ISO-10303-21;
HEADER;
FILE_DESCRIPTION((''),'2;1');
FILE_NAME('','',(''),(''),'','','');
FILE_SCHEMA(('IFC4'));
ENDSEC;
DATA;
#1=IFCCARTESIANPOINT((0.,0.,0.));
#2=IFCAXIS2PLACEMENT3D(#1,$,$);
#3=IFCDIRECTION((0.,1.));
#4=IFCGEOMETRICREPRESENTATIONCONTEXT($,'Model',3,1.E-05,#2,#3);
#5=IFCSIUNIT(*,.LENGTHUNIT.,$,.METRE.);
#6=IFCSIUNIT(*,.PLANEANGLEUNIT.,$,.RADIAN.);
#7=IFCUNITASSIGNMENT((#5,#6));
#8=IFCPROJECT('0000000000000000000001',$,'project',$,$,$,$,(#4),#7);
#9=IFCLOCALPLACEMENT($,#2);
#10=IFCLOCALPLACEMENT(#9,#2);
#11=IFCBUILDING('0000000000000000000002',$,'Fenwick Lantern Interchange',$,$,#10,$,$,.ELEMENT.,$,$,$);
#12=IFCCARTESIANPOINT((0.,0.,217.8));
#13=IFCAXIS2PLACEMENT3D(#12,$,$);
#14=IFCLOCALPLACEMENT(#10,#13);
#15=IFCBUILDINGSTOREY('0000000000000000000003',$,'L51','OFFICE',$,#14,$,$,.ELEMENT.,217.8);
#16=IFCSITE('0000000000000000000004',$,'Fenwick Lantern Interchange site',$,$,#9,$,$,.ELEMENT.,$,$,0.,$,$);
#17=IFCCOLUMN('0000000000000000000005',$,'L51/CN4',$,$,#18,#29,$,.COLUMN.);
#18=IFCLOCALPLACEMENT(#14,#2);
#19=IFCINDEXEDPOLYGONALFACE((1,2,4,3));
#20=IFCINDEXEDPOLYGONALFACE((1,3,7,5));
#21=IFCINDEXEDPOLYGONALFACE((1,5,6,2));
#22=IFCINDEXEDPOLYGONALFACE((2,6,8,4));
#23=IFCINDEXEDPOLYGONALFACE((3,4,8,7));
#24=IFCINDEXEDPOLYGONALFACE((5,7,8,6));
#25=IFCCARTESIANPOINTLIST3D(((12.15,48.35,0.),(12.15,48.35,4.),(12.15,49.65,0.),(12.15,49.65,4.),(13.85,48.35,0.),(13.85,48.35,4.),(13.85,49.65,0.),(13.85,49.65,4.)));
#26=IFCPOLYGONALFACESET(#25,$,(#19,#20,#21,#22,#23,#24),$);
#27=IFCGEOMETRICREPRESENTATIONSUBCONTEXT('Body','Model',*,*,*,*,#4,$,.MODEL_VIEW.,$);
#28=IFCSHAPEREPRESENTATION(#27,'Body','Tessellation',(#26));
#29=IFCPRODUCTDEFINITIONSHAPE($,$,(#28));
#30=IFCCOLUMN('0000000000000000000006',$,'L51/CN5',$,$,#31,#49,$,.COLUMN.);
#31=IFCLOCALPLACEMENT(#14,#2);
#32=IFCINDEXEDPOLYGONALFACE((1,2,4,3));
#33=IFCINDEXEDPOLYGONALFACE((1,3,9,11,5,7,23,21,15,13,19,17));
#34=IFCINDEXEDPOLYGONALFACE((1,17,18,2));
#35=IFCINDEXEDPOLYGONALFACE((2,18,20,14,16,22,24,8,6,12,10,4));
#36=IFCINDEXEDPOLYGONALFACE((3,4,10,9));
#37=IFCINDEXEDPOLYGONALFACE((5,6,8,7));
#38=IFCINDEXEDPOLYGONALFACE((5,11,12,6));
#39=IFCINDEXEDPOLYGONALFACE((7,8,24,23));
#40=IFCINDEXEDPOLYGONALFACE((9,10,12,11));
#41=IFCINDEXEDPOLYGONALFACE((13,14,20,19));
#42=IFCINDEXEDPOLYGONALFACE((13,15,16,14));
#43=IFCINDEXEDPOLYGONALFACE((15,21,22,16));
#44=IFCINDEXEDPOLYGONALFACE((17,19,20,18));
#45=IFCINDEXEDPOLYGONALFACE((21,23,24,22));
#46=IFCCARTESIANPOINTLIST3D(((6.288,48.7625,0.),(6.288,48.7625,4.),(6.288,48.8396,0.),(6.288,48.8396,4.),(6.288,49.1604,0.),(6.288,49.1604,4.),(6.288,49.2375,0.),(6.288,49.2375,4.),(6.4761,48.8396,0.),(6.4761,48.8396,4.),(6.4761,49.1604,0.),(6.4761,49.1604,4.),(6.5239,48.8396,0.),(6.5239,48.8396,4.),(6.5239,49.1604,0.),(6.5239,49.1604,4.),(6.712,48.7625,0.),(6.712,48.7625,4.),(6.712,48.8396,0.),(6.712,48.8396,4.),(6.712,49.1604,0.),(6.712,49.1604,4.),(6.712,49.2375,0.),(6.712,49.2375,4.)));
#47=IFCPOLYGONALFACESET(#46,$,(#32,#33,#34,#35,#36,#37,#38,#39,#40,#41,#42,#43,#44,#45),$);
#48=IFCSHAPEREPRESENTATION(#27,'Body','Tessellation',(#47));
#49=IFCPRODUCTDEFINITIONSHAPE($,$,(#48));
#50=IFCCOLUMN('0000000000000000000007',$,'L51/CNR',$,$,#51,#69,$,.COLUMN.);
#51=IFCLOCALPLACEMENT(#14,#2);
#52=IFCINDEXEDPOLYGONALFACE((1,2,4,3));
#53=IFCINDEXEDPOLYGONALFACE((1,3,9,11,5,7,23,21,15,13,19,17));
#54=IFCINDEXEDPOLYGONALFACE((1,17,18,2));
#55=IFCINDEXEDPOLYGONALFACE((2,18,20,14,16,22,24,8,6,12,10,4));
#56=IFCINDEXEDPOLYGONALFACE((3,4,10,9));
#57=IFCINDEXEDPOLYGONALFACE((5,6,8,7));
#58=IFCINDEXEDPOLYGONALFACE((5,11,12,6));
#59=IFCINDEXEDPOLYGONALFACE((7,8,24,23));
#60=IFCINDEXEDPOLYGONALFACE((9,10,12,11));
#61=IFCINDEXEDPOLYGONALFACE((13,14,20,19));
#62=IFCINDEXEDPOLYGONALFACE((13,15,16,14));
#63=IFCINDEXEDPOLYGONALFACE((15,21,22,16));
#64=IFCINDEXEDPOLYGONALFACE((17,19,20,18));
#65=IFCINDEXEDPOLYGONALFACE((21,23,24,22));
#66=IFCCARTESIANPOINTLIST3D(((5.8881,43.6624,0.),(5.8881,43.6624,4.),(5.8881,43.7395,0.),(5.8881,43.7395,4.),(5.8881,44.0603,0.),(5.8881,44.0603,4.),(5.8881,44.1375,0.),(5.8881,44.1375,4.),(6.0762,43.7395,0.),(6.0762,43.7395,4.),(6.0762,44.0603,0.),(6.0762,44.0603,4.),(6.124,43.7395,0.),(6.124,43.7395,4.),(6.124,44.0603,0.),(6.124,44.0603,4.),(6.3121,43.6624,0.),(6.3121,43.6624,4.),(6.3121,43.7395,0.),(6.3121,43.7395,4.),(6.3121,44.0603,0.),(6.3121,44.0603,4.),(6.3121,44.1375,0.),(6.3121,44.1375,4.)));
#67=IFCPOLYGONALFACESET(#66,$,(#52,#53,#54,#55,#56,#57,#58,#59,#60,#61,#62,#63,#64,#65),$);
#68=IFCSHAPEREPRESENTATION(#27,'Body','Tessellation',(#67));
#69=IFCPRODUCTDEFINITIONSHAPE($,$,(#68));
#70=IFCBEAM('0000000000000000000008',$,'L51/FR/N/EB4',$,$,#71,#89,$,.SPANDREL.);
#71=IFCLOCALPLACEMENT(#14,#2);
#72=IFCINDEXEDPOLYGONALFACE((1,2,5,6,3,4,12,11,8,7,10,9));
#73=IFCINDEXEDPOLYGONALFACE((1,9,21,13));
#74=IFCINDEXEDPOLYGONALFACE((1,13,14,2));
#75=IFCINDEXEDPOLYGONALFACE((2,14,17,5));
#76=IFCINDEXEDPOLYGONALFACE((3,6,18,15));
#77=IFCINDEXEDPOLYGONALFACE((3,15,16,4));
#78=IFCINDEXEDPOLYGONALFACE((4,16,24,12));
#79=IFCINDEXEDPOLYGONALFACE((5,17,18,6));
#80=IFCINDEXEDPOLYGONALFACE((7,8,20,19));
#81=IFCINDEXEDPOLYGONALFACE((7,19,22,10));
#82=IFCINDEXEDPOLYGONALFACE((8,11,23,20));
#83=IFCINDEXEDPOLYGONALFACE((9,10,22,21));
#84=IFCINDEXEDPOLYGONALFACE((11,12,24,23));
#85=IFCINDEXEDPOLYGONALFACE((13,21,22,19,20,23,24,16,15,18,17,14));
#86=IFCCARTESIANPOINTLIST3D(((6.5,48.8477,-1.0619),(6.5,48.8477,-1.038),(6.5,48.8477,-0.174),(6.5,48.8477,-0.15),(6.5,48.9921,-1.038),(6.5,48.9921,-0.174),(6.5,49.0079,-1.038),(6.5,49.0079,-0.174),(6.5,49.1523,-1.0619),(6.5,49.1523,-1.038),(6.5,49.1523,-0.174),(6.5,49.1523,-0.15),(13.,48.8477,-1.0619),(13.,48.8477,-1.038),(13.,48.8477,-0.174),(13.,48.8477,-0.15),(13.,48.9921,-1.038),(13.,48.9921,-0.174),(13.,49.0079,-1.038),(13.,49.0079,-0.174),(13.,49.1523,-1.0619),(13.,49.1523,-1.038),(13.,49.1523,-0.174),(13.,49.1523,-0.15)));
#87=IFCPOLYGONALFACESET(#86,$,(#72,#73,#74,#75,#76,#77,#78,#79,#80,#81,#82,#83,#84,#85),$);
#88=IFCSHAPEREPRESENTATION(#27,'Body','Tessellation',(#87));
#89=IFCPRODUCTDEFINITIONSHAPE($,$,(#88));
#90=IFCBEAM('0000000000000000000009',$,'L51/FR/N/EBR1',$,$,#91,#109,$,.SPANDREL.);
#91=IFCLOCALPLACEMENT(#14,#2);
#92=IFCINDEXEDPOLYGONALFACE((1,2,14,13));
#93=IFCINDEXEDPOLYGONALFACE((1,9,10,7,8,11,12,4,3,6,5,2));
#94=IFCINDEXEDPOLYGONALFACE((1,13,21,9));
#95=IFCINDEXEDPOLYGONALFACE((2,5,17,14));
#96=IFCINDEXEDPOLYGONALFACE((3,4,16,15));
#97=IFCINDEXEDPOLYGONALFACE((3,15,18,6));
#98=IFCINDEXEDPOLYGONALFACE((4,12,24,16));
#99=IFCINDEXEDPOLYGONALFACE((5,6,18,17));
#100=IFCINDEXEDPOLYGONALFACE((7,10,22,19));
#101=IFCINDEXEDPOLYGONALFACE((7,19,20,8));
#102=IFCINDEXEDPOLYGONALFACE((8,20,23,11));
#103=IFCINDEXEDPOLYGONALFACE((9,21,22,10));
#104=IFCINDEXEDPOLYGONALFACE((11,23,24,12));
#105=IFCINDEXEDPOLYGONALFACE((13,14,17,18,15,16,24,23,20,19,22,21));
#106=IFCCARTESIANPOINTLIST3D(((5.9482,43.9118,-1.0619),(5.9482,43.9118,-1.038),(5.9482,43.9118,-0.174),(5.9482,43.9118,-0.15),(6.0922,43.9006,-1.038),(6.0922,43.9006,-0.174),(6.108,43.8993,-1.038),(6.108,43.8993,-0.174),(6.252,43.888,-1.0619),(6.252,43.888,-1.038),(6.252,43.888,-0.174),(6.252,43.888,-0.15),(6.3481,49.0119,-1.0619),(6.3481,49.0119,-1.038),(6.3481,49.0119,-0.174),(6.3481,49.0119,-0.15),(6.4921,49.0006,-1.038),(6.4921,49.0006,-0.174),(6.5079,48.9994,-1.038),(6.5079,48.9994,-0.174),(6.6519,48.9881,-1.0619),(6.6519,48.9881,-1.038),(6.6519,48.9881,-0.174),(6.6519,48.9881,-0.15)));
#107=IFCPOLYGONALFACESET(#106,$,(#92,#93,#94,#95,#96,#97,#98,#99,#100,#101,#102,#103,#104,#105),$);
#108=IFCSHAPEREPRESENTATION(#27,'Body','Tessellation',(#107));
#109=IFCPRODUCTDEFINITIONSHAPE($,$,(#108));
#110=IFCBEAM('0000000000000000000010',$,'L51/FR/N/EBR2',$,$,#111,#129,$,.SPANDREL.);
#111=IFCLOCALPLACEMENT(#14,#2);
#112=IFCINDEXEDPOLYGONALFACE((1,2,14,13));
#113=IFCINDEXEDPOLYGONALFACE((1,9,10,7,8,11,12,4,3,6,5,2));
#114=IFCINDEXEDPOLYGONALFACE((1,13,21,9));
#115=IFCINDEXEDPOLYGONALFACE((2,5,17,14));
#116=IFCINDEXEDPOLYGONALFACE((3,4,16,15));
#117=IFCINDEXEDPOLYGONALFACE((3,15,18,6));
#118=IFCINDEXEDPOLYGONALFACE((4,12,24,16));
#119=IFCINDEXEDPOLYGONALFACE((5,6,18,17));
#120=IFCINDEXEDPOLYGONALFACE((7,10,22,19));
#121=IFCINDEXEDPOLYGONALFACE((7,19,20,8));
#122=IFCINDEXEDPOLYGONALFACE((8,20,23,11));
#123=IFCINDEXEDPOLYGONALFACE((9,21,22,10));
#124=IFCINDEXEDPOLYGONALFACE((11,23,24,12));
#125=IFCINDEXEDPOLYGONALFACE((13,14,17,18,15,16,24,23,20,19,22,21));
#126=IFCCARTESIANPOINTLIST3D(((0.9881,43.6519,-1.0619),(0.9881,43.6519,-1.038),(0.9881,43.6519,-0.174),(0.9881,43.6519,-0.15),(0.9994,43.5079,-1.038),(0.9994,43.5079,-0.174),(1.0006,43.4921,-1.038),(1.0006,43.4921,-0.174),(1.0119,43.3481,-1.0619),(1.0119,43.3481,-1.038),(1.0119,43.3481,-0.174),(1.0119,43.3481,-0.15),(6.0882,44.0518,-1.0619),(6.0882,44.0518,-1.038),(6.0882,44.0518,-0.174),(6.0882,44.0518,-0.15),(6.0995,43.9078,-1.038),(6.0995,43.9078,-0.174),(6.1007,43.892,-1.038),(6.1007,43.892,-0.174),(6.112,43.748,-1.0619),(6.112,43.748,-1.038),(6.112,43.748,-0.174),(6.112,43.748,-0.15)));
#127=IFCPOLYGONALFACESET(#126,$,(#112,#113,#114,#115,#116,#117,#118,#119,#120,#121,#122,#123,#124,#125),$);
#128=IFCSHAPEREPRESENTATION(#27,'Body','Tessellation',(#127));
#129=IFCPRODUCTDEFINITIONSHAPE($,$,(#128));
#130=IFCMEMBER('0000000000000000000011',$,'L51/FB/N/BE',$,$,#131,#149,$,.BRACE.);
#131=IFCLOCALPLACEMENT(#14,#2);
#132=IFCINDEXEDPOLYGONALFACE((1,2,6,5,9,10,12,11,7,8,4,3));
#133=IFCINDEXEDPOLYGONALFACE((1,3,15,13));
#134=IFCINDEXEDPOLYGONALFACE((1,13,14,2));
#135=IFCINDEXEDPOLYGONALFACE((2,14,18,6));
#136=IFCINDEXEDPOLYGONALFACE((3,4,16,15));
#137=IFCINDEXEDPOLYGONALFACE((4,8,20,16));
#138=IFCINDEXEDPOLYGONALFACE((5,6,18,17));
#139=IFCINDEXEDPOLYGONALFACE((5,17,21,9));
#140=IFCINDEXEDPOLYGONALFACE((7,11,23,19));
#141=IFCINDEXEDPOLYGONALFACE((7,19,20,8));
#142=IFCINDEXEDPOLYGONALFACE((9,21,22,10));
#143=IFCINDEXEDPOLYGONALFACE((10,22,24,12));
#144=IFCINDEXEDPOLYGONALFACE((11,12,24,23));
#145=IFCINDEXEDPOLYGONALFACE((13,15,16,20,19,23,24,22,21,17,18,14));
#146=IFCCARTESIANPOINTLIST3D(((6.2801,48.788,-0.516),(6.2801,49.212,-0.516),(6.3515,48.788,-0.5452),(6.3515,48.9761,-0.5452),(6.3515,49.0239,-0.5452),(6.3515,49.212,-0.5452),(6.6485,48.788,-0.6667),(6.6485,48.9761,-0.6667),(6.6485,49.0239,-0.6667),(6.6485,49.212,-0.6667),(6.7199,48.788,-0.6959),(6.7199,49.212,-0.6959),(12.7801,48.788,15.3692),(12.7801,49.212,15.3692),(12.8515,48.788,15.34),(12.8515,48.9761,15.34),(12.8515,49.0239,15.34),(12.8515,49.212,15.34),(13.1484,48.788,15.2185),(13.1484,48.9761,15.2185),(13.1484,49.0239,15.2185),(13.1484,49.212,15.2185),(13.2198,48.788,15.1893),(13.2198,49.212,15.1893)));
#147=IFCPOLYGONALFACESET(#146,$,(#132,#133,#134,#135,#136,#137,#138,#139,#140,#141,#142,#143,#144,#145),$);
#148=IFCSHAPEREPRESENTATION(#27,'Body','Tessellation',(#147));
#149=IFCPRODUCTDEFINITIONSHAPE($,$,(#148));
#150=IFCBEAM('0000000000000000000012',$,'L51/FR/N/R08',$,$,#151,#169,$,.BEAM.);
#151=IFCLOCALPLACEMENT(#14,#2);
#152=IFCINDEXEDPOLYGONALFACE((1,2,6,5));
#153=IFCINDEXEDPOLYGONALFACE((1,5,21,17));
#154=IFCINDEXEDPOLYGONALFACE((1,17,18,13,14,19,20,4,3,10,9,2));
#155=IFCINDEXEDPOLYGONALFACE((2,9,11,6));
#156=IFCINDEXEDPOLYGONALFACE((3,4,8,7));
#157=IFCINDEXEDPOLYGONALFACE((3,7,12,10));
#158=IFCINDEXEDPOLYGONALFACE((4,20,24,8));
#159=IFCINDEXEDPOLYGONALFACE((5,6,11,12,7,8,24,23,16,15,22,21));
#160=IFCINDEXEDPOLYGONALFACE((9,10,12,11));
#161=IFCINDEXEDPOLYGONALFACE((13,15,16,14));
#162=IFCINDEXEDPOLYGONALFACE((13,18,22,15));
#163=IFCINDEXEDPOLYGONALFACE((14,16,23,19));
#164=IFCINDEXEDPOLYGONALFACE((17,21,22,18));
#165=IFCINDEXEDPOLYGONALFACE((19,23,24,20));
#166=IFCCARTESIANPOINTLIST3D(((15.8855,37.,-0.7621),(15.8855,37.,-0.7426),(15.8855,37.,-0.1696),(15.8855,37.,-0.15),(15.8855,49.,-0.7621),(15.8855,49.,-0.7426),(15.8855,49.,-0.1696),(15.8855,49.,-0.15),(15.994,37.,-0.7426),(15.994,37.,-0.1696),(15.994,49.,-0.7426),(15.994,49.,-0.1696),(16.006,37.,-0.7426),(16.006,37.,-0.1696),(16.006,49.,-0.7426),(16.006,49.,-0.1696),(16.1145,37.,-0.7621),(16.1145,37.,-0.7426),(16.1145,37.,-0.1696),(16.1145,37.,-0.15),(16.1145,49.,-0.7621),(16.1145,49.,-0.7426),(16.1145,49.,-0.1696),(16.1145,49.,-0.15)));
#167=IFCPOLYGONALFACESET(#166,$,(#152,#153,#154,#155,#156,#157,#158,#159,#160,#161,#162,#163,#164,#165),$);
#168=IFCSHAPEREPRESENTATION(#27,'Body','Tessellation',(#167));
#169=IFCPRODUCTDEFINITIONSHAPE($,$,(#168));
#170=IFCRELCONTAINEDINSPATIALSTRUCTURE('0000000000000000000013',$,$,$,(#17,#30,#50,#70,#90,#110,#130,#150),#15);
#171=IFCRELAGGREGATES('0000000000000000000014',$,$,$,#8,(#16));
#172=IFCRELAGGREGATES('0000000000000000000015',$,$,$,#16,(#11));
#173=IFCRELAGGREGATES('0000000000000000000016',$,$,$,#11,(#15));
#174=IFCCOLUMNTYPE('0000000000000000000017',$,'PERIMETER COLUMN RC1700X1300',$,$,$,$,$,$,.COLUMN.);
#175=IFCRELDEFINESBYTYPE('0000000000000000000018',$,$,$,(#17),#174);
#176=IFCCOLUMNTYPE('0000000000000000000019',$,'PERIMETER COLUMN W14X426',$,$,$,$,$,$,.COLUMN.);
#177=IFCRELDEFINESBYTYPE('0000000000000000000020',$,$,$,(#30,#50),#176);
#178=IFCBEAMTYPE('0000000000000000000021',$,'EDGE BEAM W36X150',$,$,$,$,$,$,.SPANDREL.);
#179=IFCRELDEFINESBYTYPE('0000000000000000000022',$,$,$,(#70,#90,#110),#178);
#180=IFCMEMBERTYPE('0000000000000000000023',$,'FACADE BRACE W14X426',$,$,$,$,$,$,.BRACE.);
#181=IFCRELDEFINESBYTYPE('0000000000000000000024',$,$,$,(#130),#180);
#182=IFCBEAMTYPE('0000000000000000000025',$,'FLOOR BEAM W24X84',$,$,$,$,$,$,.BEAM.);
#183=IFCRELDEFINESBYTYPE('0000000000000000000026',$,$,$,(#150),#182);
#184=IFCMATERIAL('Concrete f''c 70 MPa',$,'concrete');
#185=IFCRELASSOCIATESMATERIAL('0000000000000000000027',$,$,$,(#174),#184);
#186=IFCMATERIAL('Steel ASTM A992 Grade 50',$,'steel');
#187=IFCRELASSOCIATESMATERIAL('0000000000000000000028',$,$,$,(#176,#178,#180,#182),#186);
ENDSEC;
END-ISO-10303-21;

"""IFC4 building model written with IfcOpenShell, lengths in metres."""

from ifc_helpers import new_model, si_unit, direction, frame, origin, origin_2d, place, context, subcontext, project, spatial, rectangle, i_section, extrude, material, material_profile, profile_set, type_object, element, save


model = new_model("IFC4")

# Units and contexts
model_context = context("Model", 3, precision=1e-05, world=origin(), true_north=direction((0.0, 1.0)))
body_context = subcontext(model_context, "Body", "Model", "MODEL_VIEW")
ifc_project = project(units=[si_unit("LENGTHUNIT", "METRE"), si_unit("PLANEANGLEUNIT", "RADIAN")], contexts=[model_context])

# Site, building, storey
site_placement = place(None, origin())
site = spatial("IfcSite", under=ifc_project, at=site_placement, Name="Fenwick Lantern Interchange site", CompositionType="ELEMENT", RefElevation=0.0)
building_placement = place(site_placement, origin())
building = spatial("IfcBuilding", under=site, at=building_placement, Name="Fenwick Lantern Interchange", CompositionType="ELEMENT")
storey_placement = place(building_placement, frame((0.0, 0.0, 217.8)))
storey = spatial("IfcBuildingStorey", under=building, at=storey_placement, Name="L51", Description="OFFICE", CompositionType="ELEMENT", Elevation=217.8)

# Columns
ifc_material_1 = material(Name="Concrete f'c 70 MPa", Category="concrete")
ifc_material_profile_1 = material_profile(ifc_material_1, rectangle(XDim=1.7, YDim=1.3, at=origin_2d()), Name="RC1700X1300")
ifc_profile_set_1 = profile_set([ifc_material_profile_1], Name="Concrete f'c 70 MPa")
column_type_1 = type_object("IfcColumnType", Name="PERIMETER COLUMN RC1700X1300", PredefinedType="COLUMN", material=ifc_profile_set_1)
column_placement = place(storey_placement, frame((13.0, 49.0, 0.0), z_axis=(0.0, 0.0, 1.0), x_axis=(1.0, 0.0, 0.0)))
element("IfcColumn", 1, at=column_placement, inside=storey, type_object=column_type_1, Name="L51/CN4", PredefinedType="COLUMN", context=body_context, shape_type="SweptSolid", body=[
    extrude(rectangle(XDim=1.7, YDim=1.3, at=origin_2d()), origin(), (0.0, 0.0, 1.0), 4.0),
])
ifc_material_2 = material(Name="Steel ASTM A992 Grade 50", Category="steel")
ifc_material_profile_2 = material_profile(ifc_material_2, i_section(OverallWidth=0.4241, OverallDepth=0.4751, WebThickness=0.0479, FlangeThickness=0.0771, at=origin_2d()), Name="W14X426")
ifc_profile_set_2 = profile_set([ifc_material_profile_2], Name="Steel ASTM A992 Grade 50")
column_type_2 = type_object("IfcColumnType", Name="PERIMETER COLUMN W14X426", PredefinedType="COLUMN", material=ifc_profile_set_2)
for number, where, z_axis, x_axis, name in (
    (2, (6.5, 49.0, 0.0), (0.0, 0.0, 1.0), (1.0, 0.0, 0.0), "L51/CN5"),
    (3, (6.1001, 43.8999, 0.0), (0.0, 0.0, 1.0), (1.0, 0.0, 0.0), "L51/CNR"),
):
    element("IfcColumn", number, at=place(storey_placement, frame(where, z_axis=z_axis, x_axis=x_axis)), inside=storey, type_object=column_type_2, Name=name, PredefinedType="COLUMN", context=body_context, shape_type="SweptSolid", body=[
        extrude(i_section(OverallWidth=0.4241, OverallDepth=0.4751, WebThickness=0.0479, FlangeThickness=0.0771, at=origin_2d()), origin(), (0.0, 0.0, 1.0), 4.0),
    ])

# Beams
ifc_material_profile_3 = material_profile(ifc_material_2, i_section(OverallWidth=0.3047, OverallDepth=0.9119, WebThickness=0.0159, FlangeThickness=0.0239, at=origin_2d()), Name="W36X150")
ifc_profile_set_3 = profile_set([ifc_material_profile_3], Name="Steel ASTM A992 Grade 50")
beam_type_1 = type_object("IfcBeamType", Name="EDGE BEAM W36X150", PredefinedType="SPANDREL", material=ifc_profile_set_3)
beam_1_placement = place(storey_placement, frame((13.0, 49.0, -0.606), z_axis=(-1.0, 0.0, 0.0), x_axis=(0.0, -1.0, 0.0)))
element("IfcBeam", 4, at=beam_1_placement, inside=storey, type_object=beam_type_1, Name="L51/FR/N/EB4", PredefinedType="SPANDREL", context=body_context, shape_type="SweptSolid", body=[
    extrude(i_section(OverallWidth=0.3047, OverallDepth=0.9119, WebThickness=0.0159, FlangeThickness=0.0239, at=origin_2d()), origin(), (0.0, 0.0, 1.0), 6.5),
])
for number, where, z_axis, x_axis, name in (
    (5, (6.5, 49.0, -0.606), (-0.078171, -0.99694, 0.0), (0.99694, -0.078171, 0.0), "L51/FR/N/EBR1"),
    (6, (6.1001, 43.8999, -0.606), (-0.99694, -0.078171, 0.0), (0.078171, -0.99694, 0.0), "L51/FR/N/EBR2"),
):
    element("IfcBeam", number, at=place(storey_placement, frame(where, z_axis=z_axis, x_axis=x_axis)), inside=storey, type_object=beam_type_1, Name=name, PredefinedType="SPANDREL", context=body_context, shape_type="SweptSolid", body=[
        extrude(i_section(OverallWidth=0.3047, OverallDepth=0.9119, WebThickness=0.0159, FlangeThickness=0.0239, at=origin_2d()), origin(), (0.0, 0.0, 1.0), 5.1157),
    ])

# Member
ifc_material_profile_4 = material_profile(ifc_material_2, i_section(OverallWidth=0.4241, OverallDepth=0.4751, WebThickness=0.0479, FlangeThickness=0.0771, at=origin_2d()), Name="W14X426")
ifc_profile_set_4 = profile_set([ifc_material_profile_4], Name="Steel ASTM A992 Grade 50")
member_type_1 = type_object("IfcMemberType", Name="FACADE BRACE W14X426", PredefinedType="BRACE", material=ifc_profile_set_4)
member_1_placement = place(storey_placement, frame((6.5, 49.0, -0.606), z_axis=(0.378707, 0.0, 0.925517), x_axis=(0.0, 1.0, 0.0)))
element("IfcMember", 7, at=member_1_placement, inside=storey, type_object=member_type_1, Name="L51/FB/N/BE", PredefinedType="BRACE", context=body_context, shape_type="SweptSolid", body=[
    extrude(i_section(OverallWidth=0.4241, OverallDepth=0.4751, WebThickness=0.0479, FlangeThickness=0.0771, at=origin_2d()), origin(), (0.0, 0.0, 1.0), 17.1636),
])

# Beam
ifc_material_profile_5 = material_profile(ifc_material_2, i_section(OverallWidth=0.229, OverallDepth=0.6121, WebThickness=0.012, FlangeThickness=0.0195, at=origin_2d()), Name="W24X84")
ifc_profile_set_5 = profile_set([ifc_material_profile_5], Name="Steel ASTM A992 Grade 50")
beam_type_2 = type_object("IfcBeamType", Name="FLOOR BEAM W24X84", PredefinedType="BEAM", material=ifc_profile_set_5)
beam_2_placement = place(storey_placement, frame((16.0, 49.0, -0.4561), z_axis=(0.0, -1.0, 0.0), x_axis=(1.0, 0.0, 0.0)))
element("IfcBeam", 8, at=beam_2_placement, inside=storey, type_object=beam_type_2, Name="L51/FR/N/R08", PredefinedType="BEAM", context=body_context, shape_type="SweptSolid", body=[
    extrude(i_section(OverallWidth=0.229, OverallDepth=0.6121, WebThickness=0.012, FlangeThickness=0.0195, at=origin_2d()), origin(), (0.0, 0.0, 1.0), 12.0),
])

save(model, "model.ifc")
